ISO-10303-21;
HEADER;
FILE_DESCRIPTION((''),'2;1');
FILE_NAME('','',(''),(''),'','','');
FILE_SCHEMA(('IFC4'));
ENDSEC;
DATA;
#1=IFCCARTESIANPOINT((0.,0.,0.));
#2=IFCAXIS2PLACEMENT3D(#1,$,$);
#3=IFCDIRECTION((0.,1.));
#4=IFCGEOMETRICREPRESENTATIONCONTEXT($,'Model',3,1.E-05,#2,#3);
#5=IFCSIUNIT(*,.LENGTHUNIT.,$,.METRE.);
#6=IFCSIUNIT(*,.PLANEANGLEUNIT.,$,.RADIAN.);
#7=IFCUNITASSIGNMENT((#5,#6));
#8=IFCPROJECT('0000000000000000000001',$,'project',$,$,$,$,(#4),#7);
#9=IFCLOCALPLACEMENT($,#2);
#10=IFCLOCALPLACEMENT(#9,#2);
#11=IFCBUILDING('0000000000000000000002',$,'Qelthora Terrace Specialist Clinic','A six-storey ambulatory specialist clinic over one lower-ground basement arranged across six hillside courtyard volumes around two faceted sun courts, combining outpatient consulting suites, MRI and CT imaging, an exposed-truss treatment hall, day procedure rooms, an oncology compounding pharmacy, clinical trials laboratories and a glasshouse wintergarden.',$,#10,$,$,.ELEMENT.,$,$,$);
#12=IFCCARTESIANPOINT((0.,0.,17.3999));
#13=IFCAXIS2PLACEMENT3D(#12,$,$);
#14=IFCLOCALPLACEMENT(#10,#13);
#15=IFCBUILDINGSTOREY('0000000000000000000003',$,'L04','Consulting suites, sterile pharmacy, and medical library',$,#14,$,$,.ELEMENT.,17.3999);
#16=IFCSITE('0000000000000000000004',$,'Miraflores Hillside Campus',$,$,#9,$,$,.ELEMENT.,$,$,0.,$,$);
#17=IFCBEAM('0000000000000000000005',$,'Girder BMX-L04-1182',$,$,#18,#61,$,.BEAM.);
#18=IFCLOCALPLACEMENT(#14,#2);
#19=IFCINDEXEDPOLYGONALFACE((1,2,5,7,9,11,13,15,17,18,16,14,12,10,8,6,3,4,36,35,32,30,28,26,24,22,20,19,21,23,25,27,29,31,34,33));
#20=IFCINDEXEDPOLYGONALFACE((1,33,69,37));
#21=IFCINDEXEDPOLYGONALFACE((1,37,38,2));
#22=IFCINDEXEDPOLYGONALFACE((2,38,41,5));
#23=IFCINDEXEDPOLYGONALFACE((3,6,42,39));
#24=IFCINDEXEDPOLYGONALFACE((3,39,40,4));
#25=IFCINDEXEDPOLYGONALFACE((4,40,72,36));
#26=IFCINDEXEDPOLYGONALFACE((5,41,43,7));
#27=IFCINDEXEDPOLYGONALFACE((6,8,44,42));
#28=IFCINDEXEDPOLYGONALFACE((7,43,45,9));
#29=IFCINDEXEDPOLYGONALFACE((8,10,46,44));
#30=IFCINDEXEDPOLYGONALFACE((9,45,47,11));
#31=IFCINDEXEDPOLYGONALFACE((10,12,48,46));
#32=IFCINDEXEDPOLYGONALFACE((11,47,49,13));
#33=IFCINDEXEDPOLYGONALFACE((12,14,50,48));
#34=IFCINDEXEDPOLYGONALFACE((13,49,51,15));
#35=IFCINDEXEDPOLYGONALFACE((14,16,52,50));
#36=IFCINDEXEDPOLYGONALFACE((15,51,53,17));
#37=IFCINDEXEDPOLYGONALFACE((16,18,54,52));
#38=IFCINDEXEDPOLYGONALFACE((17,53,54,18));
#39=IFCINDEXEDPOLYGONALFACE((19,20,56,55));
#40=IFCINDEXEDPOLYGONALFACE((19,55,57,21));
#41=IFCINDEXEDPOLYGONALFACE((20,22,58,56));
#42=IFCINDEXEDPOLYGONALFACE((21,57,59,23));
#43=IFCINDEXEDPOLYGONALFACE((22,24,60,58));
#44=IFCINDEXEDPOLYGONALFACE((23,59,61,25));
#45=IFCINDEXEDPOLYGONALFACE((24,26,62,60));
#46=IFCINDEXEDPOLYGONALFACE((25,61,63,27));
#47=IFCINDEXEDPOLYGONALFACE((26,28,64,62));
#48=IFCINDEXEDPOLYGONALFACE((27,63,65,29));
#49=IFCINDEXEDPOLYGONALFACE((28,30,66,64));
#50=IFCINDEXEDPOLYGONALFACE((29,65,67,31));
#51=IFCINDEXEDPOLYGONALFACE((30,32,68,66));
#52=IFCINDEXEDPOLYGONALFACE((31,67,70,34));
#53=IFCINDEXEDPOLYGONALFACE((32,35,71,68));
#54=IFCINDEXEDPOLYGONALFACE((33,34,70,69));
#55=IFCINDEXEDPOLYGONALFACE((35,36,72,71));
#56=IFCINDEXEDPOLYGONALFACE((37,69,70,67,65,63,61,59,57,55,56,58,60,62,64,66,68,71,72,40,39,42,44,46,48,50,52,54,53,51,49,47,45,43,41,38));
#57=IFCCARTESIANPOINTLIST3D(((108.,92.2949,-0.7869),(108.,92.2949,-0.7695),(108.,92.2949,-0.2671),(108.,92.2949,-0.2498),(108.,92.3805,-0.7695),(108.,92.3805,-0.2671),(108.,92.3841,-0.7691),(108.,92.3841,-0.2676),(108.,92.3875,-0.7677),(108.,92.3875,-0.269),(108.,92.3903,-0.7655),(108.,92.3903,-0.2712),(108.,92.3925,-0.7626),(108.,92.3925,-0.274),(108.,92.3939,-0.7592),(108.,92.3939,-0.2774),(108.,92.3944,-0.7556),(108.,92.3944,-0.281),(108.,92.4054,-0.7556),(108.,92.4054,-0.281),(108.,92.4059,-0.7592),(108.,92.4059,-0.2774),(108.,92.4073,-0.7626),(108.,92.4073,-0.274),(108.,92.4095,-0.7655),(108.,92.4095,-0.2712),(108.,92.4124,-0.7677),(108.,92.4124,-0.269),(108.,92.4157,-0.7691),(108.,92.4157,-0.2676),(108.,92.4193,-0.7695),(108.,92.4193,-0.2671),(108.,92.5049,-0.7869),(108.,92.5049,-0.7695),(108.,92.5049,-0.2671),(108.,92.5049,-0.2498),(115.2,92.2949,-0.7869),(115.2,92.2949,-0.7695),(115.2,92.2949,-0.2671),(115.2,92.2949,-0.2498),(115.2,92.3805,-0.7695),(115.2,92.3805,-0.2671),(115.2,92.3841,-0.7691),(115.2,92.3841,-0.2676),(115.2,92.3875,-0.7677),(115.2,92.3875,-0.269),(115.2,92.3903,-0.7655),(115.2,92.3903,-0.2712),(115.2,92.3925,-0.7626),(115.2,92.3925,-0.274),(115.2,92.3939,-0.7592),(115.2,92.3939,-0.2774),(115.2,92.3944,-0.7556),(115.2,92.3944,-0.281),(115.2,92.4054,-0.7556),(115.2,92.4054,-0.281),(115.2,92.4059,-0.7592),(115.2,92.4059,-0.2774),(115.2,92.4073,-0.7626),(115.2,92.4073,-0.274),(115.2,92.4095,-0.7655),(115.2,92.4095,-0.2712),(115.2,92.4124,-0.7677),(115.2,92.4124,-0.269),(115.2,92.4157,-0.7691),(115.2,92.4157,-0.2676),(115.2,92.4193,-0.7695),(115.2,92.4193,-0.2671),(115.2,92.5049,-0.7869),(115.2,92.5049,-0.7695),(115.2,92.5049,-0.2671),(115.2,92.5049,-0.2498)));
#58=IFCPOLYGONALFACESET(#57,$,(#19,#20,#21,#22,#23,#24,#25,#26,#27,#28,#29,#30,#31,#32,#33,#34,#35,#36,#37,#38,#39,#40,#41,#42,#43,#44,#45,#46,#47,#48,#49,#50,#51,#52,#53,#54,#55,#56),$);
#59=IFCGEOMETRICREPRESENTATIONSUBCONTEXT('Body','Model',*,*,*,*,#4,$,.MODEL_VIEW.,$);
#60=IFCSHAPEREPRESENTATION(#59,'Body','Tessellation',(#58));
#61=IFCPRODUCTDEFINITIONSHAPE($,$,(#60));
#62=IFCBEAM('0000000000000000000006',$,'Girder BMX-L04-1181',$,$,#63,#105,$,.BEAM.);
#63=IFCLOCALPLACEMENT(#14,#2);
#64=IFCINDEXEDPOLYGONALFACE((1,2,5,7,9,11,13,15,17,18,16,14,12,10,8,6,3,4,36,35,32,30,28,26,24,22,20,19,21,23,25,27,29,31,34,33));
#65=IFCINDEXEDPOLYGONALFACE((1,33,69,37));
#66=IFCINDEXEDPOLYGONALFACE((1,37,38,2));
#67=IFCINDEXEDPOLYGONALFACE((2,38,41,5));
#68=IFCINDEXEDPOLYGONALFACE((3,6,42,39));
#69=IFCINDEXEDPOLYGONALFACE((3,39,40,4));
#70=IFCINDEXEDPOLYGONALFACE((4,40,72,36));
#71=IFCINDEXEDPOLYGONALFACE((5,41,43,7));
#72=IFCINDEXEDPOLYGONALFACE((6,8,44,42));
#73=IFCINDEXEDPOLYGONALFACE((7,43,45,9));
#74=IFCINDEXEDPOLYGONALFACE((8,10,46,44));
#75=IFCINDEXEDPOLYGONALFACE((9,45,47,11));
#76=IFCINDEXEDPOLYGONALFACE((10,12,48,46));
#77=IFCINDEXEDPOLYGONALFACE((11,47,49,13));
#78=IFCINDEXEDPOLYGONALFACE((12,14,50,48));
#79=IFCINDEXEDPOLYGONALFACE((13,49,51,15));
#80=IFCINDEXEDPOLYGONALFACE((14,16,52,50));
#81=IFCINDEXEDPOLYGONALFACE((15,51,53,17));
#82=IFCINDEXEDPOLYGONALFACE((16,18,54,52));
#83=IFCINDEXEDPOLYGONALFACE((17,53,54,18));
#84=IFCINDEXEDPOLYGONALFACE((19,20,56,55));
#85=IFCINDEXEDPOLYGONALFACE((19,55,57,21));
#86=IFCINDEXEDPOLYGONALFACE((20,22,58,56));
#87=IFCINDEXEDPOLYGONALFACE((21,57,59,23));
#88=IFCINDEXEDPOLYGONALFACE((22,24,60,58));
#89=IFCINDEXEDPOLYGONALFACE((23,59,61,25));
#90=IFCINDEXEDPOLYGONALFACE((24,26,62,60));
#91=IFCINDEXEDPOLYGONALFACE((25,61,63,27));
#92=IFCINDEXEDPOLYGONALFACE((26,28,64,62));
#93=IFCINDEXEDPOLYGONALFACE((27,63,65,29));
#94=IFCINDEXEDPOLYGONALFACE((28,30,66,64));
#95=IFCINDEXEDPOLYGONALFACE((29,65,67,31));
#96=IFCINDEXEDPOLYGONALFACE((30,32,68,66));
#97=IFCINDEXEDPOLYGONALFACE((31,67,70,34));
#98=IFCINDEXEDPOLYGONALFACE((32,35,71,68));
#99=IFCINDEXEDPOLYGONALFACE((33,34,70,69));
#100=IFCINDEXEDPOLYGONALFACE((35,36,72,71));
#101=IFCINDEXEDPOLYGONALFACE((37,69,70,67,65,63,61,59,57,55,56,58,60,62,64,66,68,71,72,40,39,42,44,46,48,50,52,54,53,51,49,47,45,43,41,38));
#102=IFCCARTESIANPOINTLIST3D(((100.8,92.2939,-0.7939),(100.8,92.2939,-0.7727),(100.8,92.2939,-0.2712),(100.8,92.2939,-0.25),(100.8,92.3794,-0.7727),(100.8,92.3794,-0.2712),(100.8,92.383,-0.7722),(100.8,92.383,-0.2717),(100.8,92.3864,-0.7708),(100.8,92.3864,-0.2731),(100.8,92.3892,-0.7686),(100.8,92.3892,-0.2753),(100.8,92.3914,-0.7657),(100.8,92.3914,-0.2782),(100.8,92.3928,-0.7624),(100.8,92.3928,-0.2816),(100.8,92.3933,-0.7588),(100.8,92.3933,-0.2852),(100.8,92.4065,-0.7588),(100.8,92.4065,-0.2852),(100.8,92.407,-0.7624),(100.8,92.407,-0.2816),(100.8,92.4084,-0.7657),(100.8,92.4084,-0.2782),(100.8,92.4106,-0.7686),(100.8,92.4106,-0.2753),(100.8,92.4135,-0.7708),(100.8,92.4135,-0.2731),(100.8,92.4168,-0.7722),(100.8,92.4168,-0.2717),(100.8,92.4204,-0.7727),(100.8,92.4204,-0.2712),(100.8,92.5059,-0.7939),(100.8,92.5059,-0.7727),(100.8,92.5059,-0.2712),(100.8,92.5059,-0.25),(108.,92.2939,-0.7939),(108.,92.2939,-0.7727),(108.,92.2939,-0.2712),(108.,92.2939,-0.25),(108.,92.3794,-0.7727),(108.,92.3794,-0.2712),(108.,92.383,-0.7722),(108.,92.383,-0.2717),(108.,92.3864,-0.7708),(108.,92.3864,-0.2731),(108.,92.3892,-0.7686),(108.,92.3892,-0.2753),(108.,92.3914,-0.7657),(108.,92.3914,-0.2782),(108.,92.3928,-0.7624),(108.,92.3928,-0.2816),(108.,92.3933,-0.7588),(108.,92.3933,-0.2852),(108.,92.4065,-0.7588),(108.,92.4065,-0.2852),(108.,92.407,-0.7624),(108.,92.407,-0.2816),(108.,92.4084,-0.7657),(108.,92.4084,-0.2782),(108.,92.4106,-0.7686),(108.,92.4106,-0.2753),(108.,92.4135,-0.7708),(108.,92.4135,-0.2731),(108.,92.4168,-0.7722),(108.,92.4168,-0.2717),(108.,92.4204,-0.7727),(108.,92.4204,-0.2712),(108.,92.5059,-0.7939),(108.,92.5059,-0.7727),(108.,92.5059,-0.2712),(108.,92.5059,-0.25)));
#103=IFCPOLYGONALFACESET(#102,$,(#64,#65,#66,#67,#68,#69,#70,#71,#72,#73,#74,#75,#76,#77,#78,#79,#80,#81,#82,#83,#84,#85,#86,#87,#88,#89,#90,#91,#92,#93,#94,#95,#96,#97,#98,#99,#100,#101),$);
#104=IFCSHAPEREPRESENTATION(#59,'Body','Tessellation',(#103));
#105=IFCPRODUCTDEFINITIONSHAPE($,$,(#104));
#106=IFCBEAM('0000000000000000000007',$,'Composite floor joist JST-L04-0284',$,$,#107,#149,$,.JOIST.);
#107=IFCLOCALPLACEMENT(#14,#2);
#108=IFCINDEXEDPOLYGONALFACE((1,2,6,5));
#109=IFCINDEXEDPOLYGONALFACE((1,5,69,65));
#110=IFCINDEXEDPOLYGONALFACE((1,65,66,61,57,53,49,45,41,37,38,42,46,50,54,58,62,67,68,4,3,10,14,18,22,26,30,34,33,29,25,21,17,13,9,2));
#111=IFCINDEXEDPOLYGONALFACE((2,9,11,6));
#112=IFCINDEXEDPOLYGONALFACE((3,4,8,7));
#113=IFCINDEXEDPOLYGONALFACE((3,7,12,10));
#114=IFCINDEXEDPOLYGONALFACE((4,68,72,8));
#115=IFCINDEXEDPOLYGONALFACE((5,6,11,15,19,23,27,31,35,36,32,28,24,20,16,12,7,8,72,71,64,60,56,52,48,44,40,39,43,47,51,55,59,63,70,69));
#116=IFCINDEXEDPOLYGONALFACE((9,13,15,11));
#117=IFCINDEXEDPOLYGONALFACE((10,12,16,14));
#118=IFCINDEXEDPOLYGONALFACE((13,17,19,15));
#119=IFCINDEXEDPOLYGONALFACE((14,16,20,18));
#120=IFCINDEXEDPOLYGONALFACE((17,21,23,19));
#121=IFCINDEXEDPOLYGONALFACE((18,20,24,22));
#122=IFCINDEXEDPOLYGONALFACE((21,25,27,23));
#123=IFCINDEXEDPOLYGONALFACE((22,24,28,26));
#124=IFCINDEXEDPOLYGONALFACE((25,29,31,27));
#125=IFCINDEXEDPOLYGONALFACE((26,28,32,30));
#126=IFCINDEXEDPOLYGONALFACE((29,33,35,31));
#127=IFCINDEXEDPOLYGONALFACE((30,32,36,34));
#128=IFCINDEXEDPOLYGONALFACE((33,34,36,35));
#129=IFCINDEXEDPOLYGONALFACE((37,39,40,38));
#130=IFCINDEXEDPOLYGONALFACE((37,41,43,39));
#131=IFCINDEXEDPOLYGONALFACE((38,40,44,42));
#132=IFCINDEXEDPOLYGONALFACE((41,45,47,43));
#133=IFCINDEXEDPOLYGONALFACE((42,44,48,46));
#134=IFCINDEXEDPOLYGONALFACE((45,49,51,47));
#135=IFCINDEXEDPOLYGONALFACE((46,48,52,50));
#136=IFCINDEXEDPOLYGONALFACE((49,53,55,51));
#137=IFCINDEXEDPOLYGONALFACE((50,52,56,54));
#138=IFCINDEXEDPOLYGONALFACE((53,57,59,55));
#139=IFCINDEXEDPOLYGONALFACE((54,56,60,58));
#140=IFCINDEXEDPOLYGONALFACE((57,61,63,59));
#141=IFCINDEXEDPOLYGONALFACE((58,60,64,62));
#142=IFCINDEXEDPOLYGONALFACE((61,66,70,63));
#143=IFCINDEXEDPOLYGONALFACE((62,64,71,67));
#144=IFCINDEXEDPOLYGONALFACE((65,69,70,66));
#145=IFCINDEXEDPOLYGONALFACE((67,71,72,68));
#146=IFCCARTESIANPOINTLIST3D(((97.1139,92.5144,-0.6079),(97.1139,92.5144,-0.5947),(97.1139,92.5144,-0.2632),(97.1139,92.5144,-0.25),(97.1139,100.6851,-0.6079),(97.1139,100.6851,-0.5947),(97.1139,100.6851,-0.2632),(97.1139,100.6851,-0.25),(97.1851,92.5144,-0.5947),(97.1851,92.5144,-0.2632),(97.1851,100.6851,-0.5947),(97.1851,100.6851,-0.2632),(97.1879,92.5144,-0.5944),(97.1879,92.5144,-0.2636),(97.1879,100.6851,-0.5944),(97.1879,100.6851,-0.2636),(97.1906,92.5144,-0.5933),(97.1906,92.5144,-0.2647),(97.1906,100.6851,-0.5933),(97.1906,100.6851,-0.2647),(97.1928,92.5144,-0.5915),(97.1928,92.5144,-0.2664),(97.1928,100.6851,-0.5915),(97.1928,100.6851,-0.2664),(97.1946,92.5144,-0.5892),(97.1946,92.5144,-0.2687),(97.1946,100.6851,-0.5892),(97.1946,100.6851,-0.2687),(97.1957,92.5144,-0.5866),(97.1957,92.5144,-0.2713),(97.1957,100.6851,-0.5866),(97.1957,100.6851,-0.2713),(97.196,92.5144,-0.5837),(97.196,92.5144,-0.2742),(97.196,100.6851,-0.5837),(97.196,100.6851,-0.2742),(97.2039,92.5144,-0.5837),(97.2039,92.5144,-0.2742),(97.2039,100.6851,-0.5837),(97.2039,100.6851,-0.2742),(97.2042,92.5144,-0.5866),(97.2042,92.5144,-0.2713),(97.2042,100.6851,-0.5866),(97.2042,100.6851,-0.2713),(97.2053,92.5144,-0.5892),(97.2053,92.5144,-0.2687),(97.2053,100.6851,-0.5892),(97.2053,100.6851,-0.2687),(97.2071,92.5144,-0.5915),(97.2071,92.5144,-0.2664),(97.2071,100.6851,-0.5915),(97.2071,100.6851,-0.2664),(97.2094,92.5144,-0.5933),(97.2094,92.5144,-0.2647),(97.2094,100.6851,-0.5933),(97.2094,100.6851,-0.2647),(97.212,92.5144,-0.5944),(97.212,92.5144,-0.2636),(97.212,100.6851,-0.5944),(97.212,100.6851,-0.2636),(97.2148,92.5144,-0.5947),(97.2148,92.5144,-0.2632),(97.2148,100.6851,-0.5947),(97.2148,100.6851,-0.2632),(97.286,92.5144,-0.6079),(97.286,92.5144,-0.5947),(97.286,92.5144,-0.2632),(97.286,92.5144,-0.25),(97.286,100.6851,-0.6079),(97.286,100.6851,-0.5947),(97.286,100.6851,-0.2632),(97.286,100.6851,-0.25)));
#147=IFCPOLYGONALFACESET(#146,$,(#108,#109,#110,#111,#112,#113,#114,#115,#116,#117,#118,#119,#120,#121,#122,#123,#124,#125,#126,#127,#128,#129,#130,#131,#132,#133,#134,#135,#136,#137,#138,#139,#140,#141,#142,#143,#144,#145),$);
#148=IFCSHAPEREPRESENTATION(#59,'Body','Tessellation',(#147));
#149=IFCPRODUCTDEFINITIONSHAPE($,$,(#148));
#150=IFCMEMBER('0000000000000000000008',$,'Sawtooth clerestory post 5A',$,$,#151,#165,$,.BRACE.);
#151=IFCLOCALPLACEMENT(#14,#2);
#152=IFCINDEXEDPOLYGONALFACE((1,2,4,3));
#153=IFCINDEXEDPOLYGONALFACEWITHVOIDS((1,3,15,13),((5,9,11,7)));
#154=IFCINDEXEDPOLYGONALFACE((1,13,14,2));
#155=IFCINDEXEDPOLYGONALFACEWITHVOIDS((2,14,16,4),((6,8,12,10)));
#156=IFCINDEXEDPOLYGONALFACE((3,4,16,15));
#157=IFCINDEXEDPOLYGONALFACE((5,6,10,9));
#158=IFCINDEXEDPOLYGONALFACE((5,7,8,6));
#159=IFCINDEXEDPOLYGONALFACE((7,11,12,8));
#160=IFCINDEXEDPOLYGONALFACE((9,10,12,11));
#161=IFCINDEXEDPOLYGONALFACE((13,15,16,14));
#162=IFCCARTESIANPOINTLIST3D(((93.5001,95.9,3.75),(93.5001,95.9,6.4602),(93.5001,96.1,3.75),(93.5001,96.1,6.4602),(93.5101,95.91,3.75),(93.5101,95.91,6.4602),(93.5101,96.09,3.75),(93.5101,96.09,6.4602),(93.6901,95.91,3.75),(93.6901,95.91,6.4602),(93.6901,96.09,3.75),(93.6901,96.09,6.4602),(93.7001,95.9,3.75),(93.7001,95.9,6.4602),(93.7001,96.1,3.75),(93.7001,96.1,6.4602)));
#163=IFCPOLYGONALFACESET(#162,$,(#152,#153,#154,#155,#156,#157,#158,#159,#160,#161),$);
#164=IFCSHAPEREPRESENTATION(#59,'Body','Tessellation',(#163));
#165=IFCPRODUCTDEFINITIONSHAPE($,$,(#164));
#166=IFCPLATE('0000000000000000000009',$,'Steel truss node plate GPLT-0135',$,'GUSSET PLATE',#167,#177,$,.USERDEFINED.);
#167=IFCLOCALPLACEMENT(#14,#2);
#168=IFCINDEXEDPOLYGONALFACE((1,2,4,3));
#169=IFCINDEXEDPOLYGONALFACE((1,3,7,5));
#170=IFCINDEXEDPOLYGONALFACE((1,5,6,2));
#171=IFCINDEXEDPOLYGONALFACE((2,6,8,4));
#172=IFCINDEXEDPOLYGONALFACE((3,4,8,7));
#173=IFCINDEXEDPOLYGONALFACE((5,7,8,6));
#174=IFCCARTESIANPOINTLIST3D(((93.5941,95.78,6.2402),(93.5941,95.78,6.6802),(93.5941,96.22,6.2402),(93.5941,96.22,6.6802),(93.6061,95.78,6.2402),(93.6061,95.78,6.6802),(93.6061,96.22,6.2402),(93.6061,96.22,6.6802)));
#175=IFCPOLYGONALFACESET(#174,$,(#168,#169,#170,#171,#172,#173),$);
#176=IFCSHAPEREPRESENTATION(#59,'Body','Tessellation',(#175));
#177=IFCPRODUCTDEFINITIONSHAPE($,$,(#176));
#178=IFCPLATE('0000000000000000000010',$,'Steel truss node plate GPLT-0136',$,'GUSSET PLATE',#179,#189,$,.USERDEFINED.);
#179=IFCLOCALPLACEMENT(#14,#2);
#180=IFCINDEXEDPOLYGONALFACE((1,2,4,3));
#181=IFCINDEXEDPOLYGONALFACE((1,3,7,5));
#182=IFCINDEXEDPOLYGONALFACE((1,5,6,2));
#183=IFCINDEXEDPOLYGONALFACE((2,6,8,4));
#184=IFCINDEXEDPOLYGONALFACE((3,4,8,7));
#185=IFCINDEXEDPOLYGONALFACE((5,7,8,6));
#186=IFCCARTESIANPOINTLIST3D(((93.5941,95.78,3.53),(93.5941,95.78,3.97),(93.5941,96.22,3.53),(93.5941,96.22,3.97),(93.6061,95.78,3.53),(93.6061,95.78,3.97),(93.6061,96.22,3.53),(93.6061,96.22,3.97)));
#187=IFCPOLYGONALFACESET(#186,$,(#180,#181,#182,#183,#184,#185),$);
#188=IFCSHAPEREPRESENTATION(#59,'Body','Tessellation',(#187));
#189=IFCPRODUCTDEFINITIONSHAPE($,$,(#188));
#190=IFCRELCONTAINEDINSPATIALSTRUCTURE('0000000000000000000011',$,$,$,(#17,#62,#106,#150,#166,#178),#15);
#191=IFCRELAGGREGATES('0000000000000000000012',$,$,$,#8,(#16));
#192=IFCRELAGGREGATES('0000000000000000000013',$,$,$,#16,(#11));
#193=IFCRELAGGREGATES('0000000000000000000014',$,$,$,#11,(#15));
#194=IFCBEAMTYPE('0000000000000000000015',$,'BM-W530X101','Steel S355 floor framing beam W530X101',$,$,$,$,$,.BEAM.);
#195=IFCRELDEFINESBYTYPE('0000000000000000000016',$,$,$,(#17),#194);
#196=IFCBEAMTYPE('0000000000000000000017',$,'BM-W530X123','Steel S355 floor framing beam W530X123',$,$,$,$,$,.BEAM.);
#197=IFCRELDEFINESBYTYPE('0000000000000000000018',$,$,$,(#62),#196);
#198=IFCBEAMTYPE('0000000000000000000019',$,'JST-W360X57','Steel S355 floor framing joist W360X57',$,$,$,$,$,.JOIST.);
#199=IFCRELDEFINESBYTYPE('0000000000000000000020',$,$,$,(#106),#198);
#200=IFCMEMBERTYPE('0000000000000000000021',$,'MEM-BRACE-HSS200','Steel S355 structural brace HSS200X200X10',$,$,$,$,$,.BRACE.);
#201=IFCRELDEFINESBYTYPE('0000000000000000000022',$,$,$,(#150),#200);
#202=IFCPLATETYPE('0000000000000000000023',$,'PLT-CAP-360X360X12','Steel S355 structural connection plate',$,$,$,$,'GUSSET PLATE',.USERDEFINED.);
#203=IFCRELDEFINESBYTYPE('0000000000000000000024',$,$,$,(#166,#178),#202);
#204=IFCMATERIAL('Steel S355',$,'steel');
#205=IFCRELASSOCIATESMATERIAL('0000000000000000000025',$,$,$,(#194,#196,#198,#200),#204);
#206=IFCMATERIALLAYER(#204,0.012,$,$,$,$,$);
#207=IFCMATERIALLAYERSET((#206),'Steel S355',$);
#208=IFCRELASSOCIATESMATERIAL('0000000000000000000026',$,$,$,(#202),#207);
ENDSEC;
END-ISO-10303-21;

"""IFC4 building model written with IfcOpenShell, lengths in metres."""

from ifc_helpers import new_model, si_unit, direction, frame, origin, origin_2d, place, context, subcontext, project, spatial, rectangle, hollow_rectangle, i_section, extrude, material, layer, layer_set, material_profile, profile_set, type_object, element, save


model = new_model("IFC4")

# Units and contexts
model_context = context("Model", 3, precision=1e-05, world=origin(), true_north=direction((0.0, 1.0)))
body_context = subcontext(model_context, "Body", "Model", "MODEL_VIEW")
ifc_project = project(units=[si_unit("LENGTHUNIT", "METRE"), si_unit("PLANEANGLEUNIT", "RADIAN")], contexts=[model_context])

# Site, building, storey
site_placement = place(None, origin())
site = spatial("IfcSite", under=ifc_project, at=site_placement, Name="Miraflores Hillside Campus", CompositionType="ELEMENT", RefElevation=0.0)
building_placement = place(site_placement, origin())
building = spatial("IfcBuilding", under=site, at=building_placement, Name="Qelthora Terrace Specialist Clinic", Description="A six-storey ambulatory specialist clinic over one lower-ground basement arranged across six hillside courtyard volumes around two faceted sun courts, combining outpatient consulting suites, MRI and CT imaging, an exposed-truss treatment hall, day procedure rooms, an oncology compounding pharmacy, clinical trials laboratories and a glasshouse wintergarden.", CompositionType="ELEMENT")
storey_placement = place(building_placement, frame((0.0, 0.0, 17.3999)))
storey = spatial("IfcBuildingStorey", under=building, at=storey_placement, Name="L04", Description="Consulting suites, sterile pharmacy, and medical library", CompositionType="ELEMENT", Elevation=17.3999)

# Shared definitions
ifc_material_1 = material(Name="Steel S355", Category="steel")

# Beams
ifc_material_profile_1 = material_profile(ifc_material_1, i_section(OverallWidth=0.21, OverallDepth=0.5371, WebThickness=0.011, FlangeThickness=0.0173, FilletRadius=0.0139, at=origin_2d()), Name="W530X101")
ifc_profile_set_1 = profile_set([ifc_material_profile_1], Name="Steel S355")
beam_type_1 = type_object("IfcBeamType", Name="BM-W530X101", Description="Steel S355 floor framing beam W530X101", PredefinedType="BEAM", material=ifc_profile_set_1)
beam_1_placement = place(storey_placement, frame((108.0, 92.3999, -0.5183), z_axis=(1.0, 0.0, 0.0), x_axis=(0.0, 1.0, 0.0)))
element("IfcBeam", 1, at=beam_1_placement, inside=storey, type_object=beam_type_1, Name="Girder BMX-L04-1182", PredefinedType="BEAM", context=body_context, shape_type="SweptSolid", body=[
    extrude(i_section(OverallWidth=0.21, OverallDepth=0.5371, WebThickness=0.011, FlangeThickness=0.0173, FilletRadius=0.0139, at=origin_2d()), origin(), (0.0, 0.0, 1.0), 7.2),
])
ifc_material_profile_2 = material_profile(ifc_material_1, i_section(OverallWidth=0.2119, OverallDepth=0.5439, WebThickness=0.0132, FlangeThickness=0.0212, FilletRadius=0.0139, at=origin_2d()), Name="W530X123")
ifc_profile_set_2 = profile_set([ifc_material_profile_2], Name="Steel S355")
beam_type_2 = type_object("IfcBeamType", Name="BM-W530X123", Description="Steel S355 floor framing beam W530X123", PredefinedType="BEAM", material=ifc_profile_set_2)
beam_2_placement = place(storey_placement, frame((100.8, 92.3999, -0.522), z_axis=(1.0, 0.0, 0.0), x_axis=(0.0, 1.0, 0.0)))
element("IfcBeam", 2, at=beam_2_placement, inside=storey, type_object=beam_type_2, Name="Girder BMX-L04-1181", PredefinedType="BEAM", context=body_context, shape_type="SweptSolid", body=[
    extrude(i_section(OverallWidth=0.2119, OverallDepth=0.5439, WebThickness=0.0132, FlangeThickness=0.0212, FilletRadius=0.0139, at=origin_2d()), origin(), (0.0, 0.0, 1.0), 7.2),
])
ifc_material_profile_3 = material_profile(ifc_material_1, i_section(OverallWidth=0.1721, OverallDepth=0.3579, WebThickness=0.0078, FlangeThickness=0.0132, FilletRadius=0.011, at=origin_2d()), Name="W360X57")
ifc_profile_set_3 = profile_set([ifc_material_profile_3], Name="Steel S355")
beam_type_3 = type_object("IfcBeamType", Name="JST-W360X57", Description="Steel S355 floor framing joist W360X57", PredefinedType="JOIST", material=ifc_profile_set_3)
beam_3_placement = place(storey_placement, frame((97.2, 92.5144, -0.429), z_axis=(0.0, 1.0, 0.0), x_axis=(-1.0, 0.0, 0.0)))
element("IfcBeam", 3, at=beam_3_placement, inside=storey, type_object=beam_type_3, Name="Composite floor joist JST-L04-0284", PredefinedType="JOIST", context=body_context, shape_type="SweptSolid", body=[
    extrude(i_section(OverallWidth=0.1721, OverallDepth=0.3579, WebThickness=0.0078, FlangeThickness=0.0132, FilletRadius=0.011, at=origin_2d()), origin(), (0.0, 0.0, 1.0), 8.1707),
])

# Member
ifc_material_profile_4 = material_profile(ifc_material_1, hollow_rectangle(XDim=0.2, YDim=0.2, WallThickness=0.01, at=origin_2d()), Name="HSS200X200X10")
ifc_profile_set_4 = profile_set([ifc_material_profile_4], Name="Steel S355")
member_type = type_object("IfcMemberType", Name="MEM-BRACE-HSS200", Description="Steel S355 structural brace HSS200X200X10", PredefinedType="BRACE", material=ifc_profile_set_4)
member_placement = place(storey_placement, frame((93.6001, 96.0, 3.75), z_axis=(0.0, 0.0, 1.0), x_axis=(1.0, 0.0, 0.0)))
element("IfcMember", 4, at=member_placement, inside=storey, type_object=member_type, Name="Sawtooth clerestory post 5A", PredefinedType="BRACE", context=body_context, shape_type="SweptSolid", body=[
    extrude(hollow_rectangle(XDim=0.2, YDim=0.2, WallThickness=0.01, at=origin_2d()), origin(), (0.0, 0.0, 1.0), 2.7102),
])

# Plates
ifc_layer_1 = layer(ifc_material_1, 0.012)
ifc_layer_set_1 = layer_set([ifc_layer_1], Name="Steel S355")
plate_type = type_object("IfcPlateType", Name="PLT-CAP-360X360X12", Description="Steel S355 structural connection plate", ElementType="GUSSET PLATE", PredefinedType="USERDEFINED", material=ifc_layer_set_1)
for number, where, z_axis, x_axis, name in (
    (5, (93.6001, 96.0, 6.2402), (0.0, 0.0, 1.0), (1.0, 0.0, 0.0), "Steel truss node plate GPLT-0135"),
    (6, (93.6001, 96.0, 3.53), (0.0, 0.0, 1.0), (1.0, 0.0, 0.0), "Steel truss node plate GPLT-0136"),
):
    element("IfcPlate", number, at=place(storey_placement, frame(where, z_axis=z_axis, x_axis=x_axis)), inside=storey, type_object=plate_type, Name=name, ObjectType="GUSSET PLATE", PredefinedType="USERDEFINED", context=body_context, shape_type="SweptSolid", body=[
        extrude(rectangle(XDim=0.012, YDim=0.4399, at=origin_2d()), origin(), (0.0, 0.0, 1.0), 0.4399),
    ])

save(model, "model.ifc")
